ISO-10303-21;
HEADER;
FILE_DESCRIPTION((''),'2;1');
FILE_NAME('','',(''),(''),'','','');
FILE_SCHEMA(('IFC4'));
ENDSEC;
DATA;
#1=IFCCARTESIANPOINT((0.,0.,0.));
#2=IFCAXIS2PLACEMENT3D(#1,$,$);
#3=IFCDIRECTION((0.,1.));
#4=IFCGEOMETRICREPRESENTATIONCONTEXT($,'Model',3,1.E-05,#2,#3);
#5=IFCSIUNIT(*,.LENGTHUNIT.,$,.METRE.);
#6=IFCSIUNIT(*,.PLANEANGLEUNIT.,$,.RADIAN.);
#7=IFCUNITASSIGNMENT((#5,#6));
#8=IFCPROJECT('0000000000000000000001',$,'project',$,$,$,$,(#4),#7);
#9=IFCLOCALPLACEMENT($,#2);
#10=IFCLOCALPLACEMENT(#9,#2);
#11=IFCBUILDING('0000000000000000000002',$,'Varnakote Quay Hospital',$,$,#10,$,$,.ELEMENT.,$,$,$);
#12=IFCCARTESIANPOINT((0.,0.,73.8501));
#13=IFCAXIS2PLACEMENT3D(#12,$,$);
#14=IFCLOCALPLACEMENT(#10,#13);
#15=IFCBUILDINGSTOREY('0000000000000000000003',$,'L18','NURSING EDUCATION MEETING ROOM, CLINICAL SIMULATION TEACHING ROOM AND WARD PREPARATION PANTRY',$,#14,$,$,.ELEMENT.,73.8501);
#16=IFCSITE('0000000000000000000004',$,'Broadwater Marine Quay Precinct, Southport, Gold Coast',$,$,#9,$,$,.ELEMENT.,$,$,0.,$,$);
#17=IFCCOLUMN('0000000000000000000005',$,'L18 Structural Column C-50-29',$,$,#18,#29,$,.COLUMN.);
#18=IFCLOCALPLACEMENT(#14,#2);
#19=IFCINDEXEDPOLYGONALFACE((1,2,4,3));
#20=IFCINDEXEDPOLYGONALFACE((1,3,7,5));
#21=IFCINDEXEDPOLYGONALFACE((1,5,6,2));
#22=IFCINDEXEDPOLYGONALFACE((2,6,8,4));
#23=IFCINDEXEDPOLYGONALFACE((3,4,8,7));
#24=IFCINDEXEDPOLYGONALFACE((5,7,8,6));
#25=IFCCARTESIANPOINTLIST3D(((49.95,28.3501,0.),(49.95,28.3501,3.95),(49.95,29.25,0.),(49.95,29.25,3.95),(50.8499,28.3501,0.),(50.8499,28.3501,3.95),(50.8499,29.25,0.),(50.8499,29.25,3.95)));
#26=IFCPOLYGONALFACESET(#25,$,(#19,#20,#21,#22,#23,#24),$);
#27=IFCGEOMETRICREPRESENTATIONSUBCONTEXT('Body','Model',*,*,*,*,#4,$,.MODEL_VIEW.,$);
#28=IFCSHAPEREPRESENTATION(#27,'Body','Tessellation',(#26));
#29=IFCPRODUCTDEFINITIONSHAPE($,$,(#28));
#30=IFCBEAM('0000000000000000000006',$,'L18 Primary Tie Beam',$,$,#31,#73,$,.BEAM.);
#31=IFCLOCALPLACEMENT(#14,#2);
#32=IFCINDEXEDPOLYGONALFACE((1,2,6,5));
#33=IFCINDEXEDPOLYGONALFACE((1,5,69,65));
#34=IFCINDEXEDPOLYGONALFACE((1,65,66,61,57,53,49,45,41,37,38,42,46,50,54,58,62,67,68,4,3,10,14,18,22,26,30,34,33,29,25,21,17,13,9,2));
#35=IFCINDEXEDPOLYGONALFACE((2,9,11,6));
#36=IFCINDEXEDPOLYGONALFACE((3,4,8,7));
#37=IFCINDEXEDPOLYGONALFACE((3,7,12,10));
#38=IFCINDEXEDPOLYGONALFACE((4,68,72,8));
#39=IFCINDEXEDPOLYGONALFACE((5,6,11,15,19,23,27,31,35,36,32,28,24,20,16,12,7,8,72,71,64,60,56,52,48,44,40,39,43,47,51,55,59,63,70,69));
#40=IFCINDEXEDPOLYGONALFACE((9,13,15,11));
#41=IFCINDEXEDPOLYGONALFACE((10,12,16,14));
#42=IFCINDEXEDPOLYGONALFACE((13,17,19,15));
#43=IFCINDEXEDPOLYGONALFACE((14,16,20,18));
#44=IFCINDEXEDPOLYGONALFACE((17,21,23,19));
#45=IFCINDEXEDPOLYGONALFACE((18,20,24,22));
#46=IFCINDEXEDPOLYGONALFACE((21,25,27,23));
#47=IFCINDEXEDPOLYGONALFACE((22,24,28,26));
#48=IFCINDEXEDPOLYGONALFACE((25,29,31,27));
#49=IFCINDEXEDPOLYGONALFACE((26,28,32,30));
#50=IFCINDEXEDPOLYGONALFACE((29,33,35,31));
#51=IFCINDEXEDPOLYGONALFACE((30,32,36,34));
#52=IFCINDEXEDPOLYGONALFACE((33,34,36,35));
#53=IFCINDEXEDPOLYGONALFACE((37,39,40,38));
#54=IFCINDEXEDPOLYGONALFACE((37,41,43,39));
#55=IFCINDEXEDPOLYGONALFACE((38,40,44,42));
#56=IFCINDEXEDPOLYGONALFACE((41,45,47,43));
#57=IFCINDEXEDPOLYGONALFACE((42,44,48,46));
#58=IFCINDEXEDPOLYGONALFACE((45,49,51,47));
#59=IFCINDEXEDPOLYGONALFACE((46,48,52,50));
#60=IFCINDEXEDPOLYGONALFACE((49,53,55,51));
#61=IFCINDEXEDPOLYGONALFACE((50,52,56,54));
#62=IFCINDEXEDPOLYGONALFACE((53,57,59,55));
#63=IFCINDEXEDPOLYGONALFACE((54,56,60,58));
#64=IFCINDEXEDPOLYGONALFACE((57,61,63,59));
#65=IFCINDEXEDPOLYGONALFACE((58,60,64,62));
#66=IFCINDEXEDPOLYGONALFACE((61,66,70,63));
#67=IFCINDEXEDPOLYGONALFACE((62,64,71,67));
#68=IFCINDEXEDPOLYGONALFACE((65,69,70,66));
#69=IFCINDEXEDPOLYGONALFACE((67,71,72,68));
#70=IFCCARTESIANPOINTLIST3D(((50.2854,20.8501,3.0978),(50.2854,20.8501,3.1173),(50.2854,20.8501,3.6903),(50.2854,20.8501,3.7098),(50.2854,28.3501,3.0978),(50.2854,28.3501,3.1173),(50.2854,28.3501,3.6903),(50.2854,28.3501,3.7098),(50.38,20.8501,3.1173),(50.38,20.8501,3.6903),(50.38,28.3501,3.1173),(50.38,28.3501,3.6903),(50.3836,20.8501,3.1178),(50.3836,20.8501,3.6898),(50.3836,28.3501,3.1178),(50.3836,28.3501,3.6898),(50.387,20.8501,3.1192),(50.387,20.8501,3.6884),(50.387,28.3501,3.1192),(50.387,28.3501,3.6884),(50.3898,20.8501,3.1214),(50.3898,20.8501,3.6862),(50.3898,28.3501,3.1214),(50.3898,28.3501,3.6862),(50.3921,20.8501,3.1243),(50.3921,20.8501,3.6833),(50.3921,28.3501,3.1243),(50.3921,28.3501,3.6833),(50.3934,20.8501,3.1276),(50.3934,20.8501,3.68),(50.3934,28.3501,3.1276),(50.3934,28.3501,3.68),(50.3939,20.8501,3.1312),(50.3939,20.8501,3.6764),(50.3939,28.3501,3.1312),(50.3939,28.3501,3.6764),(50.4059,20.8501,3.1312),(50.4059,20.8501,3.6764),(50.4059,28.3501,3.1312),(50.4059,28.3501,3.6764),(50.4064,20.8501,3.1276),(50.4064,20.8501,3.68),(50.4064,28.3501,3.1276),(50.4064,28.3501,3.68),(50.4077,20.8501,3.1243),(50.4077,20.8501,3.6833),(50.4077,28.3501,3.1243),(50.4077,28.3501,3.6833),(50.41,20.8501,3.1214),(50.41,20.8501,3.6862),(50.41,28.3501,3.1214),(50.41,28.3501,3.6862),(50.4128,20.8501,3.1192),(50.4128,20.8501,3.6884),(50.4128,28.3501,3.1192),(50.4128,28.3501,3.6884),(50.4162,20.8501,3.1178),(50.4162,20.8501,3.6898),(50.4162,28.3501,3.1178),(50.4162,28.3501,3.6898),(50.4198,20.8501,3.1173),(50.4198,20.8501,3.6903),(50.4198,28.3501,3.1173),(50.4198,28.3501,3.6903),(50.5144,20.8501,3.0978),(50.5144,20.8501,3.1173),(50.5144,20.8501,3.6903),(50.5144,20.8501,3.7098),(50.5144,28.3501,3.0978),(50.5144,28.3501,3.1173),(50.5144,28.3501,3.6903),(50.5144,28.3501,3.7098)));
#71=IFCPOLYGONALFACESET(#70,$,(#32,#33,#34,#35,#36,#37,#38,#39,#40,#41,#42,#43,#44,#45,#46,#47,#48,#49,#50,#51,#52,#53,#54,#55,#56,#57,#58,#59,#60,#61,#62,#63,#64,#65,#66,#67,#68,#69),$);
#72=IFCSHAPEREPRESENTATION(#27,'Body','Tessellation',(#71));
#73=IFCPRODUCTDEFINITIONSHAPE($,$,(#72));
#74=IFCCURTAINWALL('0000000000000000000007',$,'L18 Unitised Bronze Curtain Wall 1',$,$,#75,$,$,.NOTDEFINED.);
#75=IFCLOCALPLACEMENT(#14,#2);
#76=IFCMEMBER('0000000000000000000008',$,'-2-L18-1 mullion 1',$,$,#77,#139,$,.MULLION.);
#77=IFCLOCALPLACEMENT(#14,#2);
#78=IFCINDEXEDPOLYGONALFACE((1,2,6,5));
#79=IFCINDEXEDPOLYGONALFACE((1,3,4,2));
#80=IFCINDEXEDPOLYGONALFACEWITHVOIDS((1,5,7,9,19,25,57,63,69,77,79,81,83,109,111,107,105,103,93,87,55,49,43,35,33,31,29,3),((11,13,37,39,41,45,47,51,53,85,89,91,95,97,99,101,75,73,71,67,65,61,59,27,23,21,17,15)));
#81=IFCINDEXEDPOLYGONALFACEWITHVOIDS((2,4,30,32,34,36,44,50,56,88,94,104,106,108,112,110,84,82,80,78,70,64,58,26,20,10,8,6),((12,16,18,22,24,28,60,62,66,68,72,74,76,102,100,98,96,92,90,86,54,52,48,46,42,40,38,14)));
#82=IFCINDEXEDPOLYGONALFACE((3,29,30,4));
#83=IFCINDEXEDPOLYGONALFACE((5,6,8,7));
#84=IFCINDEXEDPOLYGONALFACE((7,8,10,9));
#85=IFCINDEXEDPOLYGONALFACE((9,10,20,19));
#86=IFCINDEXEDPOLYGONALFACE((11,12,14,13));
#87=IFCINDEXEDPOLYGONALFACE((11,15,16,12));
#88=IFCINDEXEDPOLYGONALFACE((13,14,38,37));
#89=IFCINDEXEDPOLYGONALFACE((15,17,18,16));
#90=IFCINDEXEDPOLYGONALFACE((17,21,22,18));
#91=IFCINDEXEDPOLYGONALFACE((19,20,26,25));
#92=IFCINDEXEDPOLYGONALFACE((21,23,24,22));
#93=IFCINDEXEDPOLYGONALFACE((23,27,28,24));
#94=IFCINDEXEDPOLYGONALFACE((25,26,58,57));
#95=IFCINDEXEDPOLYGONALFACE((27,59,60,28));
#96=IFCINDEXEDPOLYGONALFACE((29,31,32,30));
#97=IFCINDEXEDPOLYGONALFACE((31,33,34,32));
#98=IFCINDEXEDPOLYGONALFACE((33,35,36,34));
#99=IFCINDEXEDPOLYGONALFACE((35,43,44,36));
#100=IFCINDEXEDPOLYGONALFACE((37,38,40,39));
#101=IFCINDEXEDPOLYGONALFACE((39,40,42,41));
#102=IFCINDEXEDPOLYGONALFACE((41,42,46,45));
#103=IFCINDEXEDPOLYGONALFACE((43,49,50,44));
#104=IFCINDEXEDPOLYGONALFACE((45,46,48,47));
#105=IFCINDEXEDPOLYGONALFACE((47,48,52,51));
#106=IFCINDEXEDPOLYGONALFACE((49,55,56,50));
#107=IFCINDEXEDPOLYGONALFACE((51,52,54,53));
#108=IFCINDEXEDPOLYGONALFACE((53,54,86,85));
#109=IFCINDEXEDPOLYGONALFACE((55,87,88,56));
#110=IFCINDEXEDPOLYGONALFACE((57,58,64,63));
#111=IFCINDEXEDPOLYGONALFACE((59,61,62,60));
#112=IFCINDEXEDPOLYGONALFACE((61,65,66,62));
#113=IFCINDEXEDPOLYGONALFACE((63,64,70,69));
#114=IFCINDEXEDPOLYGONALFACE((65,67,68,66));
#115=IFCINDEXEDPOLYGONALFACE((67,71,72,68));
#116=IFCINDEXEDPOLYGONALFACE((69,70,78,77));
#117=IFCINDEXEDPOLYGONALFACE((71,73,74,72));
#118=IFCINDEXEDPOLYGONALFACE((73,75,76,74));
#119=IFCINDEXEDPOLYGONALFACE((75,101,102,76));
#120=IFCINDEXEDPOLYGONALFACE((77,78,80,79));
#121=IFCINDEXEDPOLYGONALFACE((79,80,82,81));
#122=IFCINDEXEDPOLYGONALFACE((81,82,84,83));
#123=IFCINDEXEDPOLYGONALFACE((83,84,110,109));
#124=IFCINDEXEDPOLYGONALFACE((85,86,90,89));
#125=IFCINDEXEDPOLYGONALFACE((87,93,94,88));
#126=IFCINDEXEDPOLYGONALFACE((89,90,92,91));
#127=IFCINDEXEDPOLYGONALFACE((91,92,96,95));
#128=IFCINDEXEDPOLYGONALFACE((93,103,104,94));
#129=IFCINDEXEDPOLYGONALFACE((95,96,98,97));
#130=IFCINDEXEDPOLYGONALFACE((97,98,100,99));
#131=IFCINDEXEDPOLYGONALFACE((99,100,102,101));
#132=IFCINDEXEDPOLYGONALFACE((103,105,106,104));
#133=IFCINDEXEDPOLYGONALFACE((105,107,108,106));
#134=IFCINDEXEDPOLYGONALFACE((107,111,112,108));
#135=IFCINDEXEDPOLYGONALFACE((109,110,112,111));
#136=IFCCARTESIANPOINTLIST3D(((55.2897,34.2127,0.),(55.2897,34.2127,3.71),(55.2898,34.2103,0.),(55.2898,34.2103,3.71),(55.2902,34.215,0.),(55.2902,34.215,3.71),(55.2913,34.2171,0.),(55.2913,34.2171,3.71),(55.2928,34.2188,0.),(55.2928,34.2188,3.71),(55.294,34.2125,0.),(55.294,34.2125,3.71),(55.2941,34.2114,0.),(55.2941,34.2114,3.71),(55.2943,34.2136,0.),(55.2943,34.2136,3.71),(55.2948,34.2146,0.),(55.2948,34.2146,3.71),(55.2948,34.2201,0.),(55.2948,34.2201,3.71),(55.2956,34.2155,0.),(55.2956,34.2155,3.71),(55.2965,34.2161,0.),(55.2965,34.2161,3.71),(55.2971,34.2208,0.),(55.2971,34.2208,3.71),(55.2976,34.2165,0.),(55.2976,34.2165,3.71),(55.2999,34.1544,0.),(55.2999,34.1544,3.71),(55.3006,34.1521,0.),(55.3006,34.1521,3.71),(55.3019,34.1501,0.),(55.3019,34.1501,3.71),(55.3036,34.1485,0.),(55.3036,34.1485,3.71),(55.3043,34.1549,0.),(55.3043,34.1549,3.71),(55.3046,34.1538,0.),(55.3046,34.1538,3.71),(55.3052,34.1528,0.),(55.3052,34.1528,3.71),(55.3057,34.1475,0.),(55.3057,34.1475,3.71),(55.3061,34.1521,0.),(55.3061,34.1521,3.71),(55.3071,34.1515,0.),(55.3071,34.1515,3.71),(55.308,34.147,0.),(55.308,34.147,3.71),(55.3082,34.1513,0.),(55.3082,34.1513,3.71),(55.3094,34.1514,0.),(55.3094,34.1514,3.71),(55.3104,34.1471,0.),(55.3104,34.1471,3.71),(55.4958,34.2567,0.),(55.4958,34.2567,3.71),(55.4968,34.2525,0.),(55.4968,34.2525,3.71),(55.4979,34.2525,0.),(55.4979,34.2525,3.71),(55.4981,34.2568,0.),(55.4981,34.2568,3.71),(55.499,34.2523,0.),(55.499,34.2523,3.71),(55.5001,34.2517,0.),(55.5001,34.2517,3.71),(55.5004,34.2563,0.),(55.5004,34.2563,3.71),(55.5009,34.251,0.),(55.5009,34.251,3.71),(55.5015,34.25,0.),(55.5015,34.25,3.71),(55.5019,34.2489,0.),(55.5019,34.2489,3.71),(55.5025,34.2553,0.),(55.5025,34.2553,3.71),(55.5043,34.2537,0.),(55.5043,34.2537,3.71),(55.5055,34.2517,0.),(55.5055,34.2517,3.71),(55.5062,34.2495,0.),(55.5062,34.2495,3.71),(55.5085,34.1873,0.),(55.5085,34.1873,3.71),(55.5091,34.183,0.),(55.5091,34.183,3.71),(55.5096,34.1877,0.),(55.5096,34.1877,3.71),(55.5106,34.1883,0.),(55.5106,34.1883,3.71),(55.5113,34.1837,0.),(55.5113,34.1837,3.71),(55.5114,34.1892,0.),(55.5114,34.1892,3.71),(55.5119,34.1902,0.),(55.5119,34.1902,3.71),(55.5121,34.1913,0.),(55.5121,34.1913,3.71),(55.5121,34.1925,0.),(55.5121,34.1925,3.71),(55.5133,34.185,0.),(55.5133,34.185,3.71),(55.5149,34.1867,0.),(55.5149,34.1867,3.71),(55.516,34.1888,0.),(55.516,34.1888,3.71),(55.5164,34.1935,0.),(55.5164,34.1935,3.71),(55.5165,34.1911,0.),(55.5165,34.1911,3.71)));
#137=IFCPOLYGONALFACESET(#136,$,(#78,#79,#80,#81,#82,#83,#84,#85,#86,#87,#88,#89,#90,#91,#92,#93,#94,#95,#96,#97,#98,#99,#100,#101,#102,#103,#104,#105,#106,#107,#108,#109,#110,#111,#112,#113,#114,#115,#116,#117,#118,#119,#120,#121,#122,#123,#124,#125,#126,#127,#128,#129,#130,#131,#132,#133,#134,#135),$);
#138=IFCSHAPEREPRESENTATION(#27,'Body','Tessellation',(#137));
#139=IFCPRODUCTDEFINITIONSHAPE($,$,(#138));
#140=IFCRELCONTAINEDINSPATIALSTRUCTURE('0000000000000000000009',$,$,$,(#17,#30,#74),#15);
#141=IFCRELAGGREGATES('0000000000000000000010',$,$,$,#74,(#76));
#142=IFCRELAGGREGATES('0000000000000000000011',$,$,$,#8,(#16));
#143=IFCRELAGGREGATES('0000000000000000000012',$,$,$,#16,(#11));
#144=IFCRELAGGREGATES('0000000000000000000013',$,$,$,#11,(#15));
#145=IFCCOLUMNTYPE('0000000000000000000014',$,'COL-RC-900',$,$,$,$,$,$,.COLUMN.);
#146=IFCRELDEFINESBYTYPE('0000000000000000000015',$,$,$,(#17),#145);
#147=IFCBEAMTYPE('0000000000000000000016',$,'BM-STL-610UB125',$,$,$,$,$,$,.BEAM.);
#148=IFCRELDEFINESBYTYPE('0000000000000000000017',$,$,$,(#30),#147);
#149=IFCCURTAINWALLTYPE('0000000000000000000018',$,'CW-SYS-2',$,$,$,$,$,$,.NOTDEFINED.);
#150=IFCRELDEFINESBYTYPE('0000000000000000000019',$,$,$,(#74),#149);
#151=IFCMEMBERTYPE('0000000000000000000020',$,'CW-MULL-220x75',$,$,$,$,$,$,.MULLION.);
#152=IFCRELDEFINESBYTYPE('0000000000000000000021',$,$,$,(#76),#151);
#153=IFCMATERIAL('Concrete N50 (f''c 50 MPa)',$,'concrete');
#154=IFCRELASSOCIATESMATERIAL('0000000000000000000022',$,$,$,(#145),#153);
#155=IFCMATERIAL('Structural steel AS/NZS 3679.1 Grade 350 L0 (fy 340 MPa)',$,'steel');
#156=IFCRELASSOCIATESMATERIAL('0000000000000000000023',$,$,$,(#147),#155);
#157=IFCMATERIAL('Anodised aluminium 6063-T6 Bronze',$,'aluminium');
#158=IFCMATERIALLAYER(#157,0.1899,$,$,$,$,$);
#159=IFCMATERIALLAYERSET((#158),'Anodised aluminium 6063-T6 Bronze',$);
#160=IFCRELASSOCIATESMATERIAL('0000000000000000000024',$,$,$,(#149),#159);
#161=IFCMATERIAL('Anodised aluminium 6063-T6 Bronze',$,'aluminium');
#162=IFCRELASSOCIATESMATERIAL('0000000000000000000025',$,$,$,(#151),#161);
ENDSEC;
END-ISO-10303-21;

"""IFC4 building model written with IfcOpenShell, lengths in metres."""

from ifc_helpers import new_model, si_unit, direction, frame, origin, origin_2d, place, context, subcontext, project, spatial, rectangle, hollow_rectangle, i_section, extrude, material, layer, layer_set, material_profile, profile_set, type_object, element, aggregate, save


model = new_model("IFC4")

# Units and contexts
model_context = context("Model", 3, precision=1e-05, world=origin(), true_north=direction((0.0, 1.0)))
body_context = subcontext(model_context, "Body", "Model", "MODEL_VIEW")
ifc_project = project(units=[si_unit("LENGTHUNIT", "METRE"), si_unit("PLANEANGLEUNIT", "RADIAN")], contexts=[model_context])

# Site, building, storey
site_placement = place(None, origin())
site = spatial("IfcSite", under=ifc_project, at=site_placement, Name="Broadwater Marine Quay Precinct, Southport, Gold Coast", CompositionType="ELEMENT", RefElevation=0.0)
building_placement = place(site_placement, origin())
building = spatial("IfcBuilding", under=site, at=building_placement, Name="Varnakote Quay Hospital", CompositionType="ELEMENT")
storey_placement = place(building_placement, frame((0.0, 0.0, 73.8501)))
storey = spatial("IfcBuildingStorey", under=building, at=storey_placement, Name="L18", Description="NURSING EDUCATION MEETING ROOM, CLINICAL SIMULATION TEACHING ROOM AND WARD PREPARATION PANTRY", CompositionType="ELEMENT", Elevation=73.8501)

# Column
ifc_material_1 = material(Name="Concrete N50 (f'c 50 MPa)", Category="concrete")
ifc_material_profile_1 = material_profile(ifc_material_1, rectangle(XDim=0.8999, YDim=0.8999, at=origin_2d()), Name="RC-COL-900x900")
ifc_profile_set_1 = profile_set([ifc_material_profile_1], Name="Concrete N50 (f'c 50 MPa)")
column_type = type_object("IfcColumnType", Name="COL-RC-900", PredefinedType="COLUMN", material=ifc_profile_set_1)
column_placement = place(storey_placement, frame((50.3999, 28.8, 0.0), z_axis=(0.0, 0.0, 1.0), x_axis=(1.0, 0.0, 0.0)))
element("IfcColumn", 1, at=column_placement, inside=storey, type_object=column_type, Name="L18 Structural Column C-50-29", PredefinedType="COLUMN", context=body_context, shape_type="SweptSolid", body=[
    extrude(rectangle(XDim=0.8999, YDim=0.8999, at=origin_2d()), origin(), (0.0, 0.0, 1.0), 3.95),
])

# Beam
ifc_material_2 = material(Name="Structural steel AS/NZS 3679.1 Grade 350 L0 (fy 340 MPa)", Category="steel")
ifc_material_profile_2 = material_profile(ifc_material_2, i_section(OverallWidth=0.229, OverallDepth=0.6121, WebThickness=0.012, FlangeThickness=0.0195, FilletRadius=0.0139, at=origin_2d()), Name="610UB125")
ifc_profile_set_2 = profile_set([ifc_material_profile_2], Name="Structural steel AS/NZS 3679.1 Grade 350 L0 (fy 340 MPa)")
beam_type = type_object("IfcBeamType", Name="BM-STL-610UB125", PredefinedType="BEAM", material=ifc_profile_set_2)
beam_placement = place(storey_placement, frame((50.3999, 20.8501, 3.4038), z_axis=(0.0, 1.0, 0.0), x_axis=(-1.0, 0.0, 0.0)))
element("IfcBeam", 2, at=beam_placement, inside=storey, type_object=beam_type, Name="L18 Primary Tie Beam", PredefinedType="BEAM", context=body_context, shape_type="SweptSolid", body=[
    extrude(i_section(OverallWidth=0.229, OverallDepth=0.6121, WebThickness=0.012, FlangeThickness=0.0195, FilletRadius=0.0139, at=origin_2d()), origin(), (0.0, 0.0, 1.0), 7.5),
])

# Curtain wall, member
ifc_material_3 = material(Name="Anodised aluminium 6063-T6 Bronze", Category="aluminium")
ifc_layer_1 = layer(ifc_material_3, 0.1899)
ifc_layer_set_1 = layer_set([ifc_layer_1], Name="Anodised aluminium 6063-T6 Bronze")
curtain_wall_type = type_object("IfcCurtainWallType", Name="CW-SYS-2", PredefinedType="NOTDEFINED", material=ifc_layer_set_1)
curtain_wall_placement = place(storey_placement, origin())
curtain_wall = element("IfcCurtainWall", 3, at=curtain_wall_placement, inside=storey, type_object=curtain_wall_type, Name="L18 Unitised Bronze Curtain Wall 1", PredefinedType="NOTDEFINED")
ifc_material_4 = material(Name="Anodised aluminium 6063-T6 Bronze", Category="aluminium")
ifc_material_profile_3 = material_profile(ifc_material_4, hollow_rectangle(XDim=0.075, YDim=0.22, WallThickness=0.0044, InnerFilletRadius=0.0044, OuterFilletRadius=0.009, at=origin_2d()), Name="CW-MULL-220x75")
ifc_profile_set_3 = profile_set([ifc_material_profile_3], Name="Anodised aluminium 6063-T6 Bronze")
member_type_1 = type_object("IfcMemberType", Name="CW-MULL-220x75", PredefinedType="MULLION", material=ifc_profile_set_3)
member_1_placement = place(storey_placement, frame((55.4031, 34.2019, 0.0), z_axis=(0.0, 0.0, 1.0), x_axis=(0.177846, -0.984058, 0.0)))
member_1 = element("IfcMember", 4, at=member_1_placement, type_object=member_type_1, Name="-2-L18-1 mullion 1", PredefinedType="MULLION", context=body_context, shape_type="SweptSolid", body=[
    extrude(hollow_rectangle(XDim=0.075, YDim=0.22, WallThickness=0.0044, InnerFilletRadius=0.0044, OuterFilletRadius=0.009, at=origin_2d()), origin(), (0.0, 0.0, 1.0), 3.71),
])
aggregate(curtain_wall, [member_1])

save(model, "model.ifc")
